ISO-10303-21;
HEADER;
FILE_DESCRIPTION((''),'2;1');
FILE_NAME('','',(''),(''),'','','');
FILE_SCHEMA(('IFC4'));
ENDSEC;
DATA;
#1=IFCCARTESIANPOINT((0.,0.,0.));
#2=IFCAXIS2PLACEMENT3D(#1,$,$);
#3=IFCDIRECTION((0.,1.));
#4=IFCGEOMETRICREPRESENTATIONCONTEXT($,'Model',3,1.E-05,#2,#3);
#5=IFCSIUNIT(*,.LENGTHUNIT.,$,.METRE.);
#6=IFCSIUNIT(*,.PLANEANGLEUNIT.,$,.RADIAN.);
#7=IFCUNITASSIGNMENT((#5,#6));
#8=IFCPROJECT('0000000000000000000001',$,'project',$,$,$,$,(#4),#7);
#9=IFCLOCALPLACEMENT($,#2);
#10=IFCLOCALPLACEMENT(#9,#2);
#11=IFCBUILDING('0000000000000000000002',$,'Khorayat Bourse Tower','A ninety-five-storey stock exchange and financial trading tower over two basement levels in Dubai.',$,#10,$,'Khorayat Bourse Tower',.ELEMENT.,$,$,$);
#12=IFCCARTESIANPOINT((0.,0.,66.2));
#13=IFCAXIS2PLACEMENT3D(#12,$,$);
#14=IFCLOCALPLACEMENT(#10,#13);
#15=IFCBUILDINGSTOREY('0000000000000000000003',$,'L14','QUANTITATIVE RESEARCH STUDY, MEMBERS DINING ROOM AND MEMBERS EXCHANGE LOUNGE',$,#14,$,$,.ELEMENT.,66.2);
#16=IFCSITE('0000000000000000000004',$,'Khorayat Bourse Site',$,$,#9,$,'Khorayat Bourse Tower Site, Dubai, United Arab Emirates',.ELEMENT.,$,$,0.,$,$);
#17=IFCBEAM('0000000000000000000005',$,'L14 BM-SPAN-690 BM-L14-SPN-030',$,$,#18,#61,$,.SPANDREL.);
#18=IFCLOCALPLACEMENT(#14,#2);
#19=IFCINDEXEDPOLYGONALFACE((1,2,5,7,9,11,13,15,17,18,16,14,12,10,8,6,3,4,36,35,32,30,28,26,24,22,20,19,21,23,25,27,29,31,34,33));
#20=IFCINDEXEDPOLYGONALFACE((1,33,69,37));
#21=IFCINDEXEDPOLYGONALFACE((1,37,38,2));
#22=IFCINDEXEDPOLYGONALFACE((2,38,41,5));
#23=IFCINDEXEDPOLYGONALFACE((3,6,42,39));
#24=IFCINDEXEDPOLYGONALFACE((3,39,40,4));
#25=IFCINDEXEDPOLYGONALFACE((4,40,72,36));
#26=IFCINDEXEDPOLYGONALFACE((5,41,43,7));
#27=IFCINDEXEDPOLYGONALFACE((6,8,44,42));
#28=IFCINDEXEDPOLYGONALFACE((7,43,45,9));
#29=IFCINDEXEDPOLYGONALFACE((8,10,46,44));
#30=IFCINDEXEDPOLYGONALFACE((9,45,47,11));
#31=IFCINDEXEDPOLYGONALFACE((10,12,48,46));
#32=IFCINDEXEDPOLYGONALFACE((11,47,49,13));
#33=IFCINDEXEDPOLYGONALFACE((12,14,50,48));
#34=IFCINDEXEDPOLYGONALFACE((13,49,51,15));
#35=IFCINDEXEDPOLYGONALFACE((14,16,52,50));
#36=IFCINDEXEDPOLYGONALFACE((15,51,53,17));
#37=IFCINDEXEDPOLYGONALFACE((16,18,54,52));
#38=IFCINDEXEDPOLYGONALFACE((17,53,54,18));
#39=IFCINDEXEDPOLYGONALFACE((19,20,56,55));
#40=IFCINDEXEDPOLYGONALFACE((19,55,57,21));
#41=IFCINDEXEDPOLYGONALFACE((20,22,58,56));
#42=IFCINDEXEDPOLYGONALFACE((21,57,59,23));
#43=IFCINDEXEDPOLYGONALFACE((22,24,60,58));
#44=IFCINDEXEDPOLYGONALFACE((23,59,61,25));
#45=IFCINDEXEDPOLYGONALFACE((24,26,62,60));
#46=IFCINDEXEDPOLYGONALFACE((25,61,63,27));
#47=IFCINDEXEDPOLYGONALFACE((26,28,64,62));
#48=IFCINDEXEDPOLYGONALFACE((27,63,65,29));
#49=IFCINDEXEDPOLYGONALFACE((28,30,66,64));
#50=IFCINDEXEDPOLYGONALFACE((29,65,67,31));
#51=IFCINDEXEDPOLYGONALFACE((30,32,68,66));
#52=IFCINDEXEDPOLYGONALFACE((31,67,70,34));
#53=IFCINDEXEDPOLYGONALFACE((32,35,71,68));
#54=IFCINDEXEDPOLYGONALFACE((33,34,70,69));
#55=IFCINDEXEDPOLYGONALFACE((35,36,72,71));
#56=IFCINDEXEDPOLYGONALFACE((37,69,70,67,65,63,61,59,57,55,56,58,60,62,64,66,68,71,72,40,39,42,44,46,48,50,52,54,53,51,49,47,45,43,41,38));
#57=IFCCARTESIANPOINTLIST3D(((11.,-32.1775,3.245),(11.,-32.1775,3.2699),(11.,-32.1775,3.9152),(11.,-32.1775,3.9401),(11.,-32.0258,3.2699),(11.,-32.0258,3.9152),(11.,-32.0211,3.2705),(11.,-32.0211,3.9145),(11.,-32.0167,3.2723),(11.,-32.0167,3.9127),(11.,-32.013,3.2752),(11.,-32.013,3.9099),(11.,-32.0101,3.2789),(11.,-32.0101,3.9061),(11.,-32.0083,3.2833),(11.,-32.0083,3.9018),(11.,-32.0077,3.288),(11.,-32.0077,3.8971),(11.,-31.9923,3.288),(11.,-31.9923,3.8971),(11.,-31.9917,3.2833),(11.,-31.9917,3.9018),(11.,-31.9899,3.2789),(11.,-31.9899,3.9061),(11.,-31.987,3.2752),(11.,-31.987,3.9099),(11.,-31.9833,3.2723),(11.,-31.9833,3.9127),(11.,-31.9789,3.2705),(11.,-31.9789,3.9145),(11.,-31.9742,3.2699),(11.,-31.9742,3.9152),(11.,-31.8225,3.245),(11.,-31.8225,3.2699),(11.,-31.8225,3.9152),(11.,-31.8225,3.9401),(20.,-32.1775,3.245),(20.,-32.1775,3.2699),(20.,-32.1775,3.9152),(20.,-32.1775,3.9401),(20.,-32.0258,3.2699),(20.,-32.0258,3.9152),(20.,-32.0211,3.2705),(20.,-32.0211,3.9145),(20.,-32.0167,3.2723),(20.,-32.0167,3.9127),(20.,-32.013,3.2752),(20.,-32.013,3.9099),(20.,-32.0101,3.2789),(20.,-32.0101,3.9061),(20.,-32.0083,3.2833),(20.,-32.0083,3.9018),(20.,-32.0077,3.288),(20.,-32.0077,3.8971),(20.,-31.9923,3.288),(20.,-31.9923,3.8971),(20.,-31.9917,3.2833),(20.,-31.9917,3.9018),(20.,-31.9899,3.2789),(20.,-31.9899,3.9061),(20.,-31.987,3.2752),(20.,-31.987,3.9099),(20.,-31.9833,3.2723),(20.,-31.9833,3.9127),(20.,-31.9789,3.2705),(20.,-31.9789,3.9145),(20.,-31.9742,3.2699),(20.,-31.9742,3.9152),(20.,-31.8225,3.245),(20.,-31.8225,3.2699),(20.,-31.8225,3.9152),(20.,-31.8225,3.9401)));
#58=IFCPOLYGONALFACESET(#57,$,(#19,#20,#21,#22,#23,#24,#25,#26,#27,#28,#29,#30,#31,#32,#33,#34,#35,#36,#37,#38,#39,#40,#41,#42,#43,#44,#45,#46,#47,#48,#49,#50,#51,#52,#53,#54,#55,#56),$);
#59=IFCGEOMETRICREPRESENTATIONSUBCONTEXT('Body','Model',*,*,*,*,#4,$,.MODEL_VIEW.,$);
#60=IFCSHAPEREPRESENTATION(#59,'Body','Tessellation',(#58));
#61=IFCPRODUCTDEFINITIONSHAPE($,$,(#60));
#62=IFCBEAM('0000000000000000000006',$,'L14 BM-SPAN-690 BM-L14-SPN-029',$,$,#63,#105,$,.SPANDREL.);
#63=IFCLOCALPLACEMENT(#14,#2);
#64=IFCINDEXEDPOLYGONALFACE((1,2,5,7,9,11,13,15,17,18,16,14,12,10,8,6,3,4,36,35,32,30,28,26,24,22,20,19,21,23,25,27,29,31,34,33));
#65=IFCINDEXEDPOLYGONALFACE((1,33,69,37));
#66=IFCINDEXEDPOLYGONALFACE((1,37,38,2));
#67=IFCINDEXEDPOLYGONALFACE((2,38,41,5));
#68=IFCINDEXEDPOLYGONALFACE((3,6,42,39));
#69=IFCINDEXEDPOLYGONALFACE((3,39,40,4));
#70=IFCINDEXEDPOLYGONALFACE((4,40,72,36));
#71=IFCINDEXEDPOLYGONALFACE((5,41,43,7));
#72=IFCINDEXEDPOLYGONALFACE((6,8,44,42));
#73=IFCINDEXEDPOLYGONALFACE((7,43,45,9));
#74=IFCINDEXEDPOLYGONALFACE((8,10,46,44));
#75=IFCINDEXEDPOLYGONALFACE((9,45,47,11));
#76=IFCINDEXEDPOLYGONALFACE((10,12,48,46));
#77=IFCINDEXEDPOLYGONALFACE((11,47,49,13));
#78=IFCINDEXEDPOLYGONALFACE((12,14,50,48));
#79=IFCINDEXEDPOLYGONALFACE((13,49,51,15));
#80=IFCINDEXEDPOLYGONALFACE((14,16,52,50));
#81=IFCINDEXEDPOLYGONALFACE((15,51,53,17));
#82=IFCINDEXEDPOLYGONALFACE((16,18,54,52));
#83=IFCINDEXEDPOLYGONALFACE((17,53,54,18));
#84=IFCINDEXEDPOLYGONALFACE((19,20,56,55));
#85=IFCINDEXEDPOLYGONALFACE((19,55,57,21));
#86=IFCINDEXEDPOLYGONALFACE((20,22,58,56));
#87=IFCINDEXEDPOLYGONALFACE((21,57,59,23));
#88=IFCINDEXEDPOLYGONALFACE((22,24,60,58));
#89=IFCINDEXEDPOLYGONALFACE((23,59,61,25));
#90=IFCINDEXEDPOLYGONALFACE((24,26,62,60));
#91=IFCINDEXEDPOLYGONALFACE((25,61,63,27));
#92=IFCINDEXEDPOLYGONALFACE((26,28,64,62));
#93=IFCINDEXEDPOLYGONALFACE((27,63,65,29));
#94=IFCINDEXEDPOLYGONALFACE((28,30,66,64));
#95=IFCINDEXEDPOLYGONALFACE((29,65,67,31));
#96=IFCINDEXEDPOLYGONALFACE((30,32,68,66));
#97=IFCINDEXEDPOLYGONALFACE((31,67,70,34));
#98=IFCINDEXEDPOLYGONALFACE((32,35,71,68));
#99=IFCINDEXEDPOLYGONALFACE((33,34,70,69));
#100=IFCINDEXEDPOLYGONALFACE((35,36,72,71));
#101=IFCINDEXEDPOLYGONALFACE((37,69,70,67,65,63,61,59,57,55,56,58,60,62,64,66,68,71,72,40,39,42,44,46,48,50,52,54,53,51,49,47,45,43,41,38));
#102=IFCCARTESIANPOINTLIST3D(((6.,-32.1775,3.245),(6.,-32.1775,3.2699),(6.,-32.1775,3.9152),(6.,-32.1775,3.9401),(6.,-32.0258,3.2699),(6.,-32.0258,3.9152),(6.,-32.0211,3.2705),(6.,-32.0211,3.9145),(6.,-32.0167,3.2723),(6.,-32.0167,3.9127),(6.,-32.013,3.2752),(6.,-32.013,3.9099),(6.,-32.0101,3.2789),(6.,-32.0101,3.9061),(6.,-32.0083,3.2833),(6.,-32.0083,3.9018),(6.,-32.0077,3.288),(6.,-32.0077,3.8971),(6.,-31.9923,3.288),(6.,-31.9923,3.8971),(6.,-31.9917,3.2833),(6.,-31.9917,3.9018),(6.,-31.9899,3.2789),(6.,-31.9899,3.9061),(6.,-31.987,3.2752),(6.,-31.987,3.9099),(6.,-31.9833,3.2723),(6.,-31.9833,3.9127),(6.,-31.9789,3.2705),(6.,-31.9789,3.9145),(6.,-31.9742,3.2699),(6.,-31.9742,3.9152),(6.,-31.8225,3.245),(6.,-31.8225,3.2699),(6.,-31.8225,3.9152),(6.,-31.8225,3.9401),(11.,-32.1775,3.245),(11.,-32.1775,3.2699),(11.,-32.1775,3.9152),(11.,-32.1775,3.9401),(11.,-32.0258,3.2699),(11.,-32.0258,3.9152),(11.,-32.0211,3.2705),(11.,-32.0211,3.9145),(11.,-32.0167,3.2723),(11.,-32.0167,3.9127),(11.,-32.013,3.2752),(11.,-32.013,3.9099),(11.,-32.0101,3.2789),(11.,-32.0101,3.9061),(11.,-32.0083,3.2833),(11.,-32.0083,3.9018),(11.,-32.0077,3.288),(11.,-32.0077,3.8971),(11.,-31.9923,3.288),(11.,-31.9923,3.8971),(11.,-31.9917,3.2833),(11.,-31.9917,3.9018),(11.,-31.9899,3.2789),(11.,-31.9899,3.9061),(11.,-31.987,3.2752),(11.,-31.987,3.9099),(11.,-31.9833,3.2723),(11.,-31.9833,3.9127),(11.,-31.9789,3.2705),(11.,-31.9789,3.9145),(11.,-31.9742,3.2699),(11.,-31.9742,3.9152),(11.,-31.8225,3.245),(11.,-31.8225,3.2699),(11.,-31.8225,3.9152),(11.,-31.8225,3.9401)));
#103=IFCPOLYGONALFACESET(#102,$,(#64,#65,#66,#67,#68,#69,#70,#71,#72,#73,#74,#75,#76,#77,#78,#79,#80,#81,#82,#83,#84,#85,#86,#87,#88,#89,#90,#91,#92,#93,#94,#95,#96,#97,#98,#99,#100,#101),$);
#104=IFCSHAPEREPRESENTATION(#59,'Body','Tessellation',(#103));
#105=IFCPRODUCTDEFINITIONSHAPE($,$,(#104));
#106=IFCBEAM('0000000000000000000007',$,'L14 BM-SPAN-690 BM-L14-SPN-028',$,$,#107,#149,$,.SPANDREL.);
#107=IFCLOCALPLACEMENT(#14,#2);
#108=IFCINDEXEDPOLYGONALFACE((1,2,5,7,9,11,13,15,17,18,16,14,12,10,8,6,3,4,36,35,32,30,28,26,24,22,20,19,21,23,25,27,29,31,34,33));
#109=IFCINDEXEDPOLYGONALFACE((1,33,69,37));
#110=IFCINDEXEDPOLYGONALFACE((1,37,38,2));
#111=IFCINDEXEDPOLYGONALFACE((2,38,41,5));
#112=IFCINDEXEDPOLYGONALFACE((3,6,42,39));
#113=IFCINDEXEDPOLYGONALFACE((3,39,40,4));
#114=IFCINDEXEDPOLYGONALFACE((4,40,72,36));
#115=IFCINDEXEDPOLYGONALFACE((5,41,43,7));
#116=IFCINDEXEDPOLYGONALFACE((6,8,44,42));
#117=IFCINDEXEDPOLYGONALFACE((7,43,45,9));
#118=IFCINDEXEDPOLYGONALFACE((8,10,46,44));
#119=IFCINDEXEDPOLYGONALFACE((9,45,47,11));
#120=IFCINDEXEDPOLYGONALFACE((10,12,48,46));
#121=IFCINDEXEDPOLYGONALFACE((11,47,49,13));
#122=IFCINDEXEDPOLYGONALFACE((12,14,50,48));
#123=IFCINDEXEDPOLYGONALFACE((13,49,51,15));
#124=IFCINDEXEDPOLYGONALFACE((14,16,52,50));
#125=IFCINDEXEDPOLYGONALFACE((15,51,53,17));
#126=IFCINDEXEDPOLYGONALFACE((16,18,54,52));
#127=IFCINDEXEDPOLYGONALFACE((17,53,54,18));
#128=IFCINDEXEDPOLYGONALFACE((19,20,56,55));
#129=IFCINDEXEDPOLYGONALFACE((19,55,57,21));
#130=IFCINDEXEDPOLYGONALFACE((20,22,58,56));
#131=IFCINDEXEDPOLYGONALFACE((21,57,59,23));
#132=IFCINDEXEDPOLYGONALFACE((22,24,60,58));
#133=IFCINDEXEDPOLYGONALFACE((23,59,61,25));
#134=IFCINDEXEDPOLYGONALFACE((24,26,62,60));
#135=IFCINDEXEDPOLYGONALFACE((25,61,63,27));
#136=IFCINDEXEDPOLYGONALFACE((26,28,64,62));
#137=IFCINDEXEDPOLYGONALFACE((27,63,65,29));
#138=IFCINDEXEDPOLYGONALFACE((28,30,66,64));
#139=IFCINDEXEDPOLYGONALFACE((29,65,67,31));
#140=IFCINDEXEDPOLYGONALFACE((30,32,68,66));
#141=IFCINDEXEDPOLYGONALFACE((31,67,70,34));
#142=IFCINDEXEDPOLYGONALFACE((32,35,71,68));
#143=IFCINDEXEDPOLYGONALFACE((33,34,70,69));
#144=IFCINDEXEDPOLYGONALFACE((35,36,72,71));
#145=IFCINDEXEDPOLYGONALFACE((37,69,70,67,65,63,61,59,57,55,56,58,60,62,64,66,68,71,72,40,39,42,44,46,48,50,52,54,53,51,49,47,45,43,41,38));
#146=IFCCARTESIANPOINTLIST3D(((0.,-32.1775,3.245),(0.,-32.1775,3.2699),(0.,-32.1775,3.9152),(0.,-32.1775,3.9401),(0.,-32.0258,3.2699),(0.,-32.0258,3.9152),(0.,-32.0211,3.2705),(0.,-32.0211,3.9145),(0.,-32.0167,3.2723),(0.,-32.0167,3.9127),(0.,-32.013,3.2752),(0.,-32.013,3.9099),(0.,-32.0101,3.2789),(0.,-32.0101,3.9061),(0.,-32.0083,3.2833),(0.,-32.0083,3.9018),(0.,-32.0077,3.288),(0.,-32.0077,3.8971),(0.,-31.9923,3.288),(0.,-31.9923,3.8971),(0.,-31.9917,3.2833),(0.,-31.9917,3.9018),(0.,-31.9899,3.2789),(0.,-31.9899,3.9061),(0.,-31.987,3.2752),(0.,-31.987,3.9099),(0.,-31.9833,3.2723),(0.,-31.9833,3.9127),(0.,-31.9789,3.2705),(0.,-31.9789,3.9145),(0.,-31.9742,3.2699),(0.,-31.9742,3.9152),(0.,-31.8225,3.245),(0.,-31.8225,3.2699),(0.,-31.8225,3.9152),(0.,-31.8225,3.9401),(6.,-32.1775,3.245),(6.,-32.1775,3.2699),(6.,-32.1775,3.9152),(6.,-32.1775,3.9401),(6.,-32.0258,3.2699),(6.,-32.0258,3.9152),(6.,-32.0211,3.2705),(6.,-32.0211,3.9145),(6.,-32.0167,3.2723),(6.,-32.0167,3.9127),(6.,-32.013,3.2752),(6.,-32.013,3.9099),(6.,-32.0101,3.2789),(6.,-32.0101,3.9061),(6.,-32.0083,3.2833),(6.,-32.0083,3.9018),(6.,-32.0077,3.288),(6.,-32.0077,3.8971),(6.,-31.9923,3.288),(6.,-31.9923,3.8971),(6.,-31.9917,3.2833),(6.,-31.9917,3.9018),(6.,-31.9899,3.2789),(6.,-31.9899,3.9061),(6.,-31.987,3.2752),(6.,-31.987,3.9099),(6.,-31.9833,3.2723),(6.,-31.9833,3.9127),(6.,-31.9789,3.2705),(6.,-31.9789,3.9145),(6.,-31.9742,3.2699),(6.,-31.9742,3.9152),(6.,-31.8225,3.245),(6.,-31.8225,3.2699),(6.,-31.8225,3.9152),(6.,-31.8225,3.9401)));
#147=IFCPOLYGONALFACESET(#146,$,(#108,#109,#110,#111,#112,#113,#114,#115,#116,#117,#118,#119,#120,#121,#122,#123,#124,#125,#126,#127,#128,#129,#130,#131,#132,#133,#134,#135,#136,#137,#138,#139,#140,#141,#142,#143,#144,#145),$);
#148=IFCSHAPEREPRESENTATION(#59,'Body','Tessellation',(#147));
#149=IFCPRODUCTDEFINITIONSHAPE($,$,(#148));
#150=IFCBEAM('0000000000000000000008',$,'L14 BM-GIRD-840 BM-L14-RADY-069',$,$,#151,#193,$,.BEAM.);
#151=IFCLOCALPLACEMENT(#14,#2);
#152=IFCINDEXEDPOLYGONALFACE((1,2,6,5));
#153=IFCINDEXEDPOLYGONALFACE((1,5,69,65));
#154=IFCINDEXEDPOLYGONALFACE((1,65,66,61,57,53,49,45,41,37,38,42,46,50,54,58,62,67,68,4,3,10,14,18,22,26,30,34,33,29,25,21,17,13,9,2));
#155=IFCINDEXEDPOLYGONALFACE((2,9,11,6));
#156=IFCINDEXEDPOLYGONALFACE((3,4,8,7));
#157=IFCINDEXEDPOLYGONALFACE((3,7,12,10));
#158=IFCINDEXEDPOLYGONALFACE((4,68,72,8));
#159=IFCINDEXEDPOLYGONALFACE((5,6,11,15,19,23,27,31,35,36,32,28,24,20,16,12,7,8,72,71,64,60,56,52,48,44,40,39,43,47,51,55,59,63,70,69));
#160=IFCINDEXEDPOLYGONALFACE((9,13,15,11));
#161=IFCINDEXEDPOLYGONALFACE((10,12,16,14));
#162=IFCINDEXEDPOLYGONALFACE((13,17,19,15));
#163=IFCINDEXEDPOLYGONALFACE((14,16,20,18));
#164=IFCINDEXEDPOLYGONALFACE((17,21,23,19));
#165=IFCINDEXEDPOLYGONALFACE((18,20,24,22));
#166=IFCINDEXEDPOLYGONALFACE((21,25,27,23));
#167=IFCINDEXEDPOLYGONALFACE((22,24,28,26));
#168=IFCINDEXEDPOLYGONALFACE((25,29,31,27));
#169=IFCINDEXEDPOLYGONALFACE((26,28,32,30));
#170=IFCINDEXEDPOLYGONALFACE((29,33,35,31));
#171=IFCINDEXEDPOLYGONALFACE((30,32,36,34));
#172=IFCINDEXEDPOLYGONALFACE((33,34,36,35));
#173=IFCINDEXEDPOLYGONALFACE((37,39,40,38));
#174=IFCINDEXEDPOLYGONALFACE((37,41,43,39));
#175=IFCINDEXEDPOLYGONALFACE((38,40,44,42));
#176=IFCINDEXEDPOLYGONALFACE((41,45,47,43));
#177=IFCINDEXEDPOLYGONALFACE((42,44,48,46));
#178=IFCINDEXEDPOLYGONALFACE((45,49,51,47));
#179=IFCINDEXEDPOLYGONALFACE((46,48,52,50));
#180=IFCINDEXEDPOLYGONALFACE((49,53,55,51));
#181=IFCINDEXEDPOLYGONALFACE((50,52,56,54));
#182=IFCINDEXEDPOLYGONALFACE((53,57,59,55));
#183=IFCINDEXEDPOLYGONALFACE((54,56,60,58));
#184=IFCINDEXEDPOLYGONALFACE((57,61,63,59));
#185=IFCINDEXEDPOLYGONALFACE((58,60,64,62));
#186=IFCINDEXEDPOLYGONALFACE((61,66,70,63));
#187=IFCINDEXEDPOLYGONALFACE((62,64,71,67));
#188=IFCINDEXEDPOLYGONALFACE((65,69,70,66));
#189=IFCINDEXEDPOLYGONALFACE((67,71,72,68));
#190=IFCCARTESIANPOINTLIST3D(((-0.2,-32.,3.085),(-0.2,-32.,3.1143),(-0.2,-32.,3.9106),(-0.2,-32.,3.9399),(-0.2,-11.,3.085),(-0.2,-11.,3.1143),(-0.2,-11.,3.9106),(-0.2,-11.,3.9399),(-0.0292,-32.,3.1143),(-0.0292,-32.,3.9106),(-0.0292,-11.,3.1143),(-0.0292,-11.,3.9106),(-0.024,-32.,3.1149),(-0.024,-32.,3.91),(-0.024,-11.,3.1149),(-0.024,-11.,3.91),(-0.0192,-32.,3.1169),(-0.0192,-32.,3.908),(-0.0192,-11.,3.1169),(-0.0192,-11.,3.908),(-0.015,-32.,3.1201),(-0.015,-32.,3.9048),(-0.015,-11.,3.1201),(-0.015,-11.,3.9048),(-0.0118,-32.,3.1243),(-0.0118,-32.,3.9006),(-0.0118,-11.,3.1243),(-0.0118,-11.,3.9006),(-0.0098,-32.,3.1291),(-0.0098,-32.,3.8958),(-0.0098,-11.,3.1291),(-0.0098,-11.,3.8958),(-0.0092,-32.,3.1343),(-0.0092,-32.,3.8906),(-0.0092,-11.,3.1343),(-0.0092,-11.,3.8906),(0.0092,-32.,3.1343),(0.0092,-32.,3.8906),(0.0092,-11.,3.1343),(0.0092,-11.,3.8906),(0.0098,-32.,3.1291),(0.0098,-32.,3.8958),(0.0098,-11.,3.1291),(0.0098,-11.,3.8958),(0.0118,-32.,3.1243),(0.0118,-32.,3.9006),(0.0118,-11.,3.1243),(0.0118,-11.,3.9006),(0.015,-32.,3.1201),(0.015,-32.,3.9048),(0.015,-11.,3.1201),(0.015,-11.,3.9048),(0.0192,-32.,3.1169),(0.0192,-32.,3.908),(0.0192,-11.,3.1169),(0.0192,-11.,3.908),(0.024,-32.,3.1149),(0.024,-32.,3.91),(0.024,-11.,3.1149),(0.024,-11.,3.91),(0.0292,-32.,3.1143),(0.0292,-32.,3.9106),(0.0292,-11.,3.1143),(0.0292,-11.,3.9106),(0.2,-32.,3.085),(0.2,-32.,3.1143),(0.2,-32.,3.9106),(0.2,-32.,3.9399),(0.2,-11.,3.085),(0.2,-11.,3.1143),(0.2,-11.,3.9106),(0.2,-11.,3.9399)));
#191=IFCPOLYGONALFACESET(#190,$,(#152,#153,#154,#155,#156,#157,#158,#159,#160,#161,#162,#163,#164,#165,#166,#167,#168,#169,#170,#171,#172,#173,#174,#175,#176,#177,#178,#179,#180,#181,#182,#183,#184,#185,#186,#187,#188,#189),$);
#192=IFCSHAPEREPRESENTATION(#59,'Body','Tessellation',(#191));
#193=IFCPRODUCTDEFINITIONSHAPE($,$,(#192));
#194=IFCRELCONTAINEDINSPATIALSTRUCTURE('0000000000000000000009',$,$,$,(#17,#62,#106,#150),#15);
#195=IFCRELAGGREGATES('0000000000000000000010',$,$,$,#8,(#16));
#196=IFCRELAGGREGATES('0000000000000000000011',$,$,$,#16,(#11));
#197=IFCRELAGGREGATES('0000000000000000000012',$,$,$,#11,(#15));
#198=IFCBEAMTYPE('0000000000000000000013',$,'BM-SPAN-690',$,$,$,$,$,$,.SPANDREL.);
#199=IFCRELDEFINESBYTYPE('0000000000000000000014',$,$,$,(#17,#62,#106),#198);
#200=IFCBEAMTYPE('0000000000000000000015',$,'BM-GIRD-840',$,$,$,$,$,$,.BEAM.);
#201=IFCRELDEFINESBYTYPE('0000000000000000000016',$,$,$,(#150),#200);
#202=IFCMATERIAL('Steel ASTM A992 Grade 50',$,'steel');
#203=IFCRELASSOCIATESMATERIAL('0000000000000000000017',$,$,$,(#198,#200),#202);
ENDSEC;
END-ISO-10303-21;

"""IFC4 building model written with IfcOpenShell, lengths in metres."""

from ifc_helpers import new_model, si_unit, direction, frame, origin, origin_2d, place, context, subcontext, project, spatial, i_section, extrude, source, transform, mapped, material, material_profile, profile_set, type_object, element, save


model = new_model("IFC4")

# Units and contexts
model_context = context("Model", 3, precision=1e-05, world=origin(), true_north=direction((0.0, 1.0)))
body_context = subcontext(model_context, "Body", "Model", "MODEL_VIEW")
ifc_project = project(units=[si_unit("LENGTHUNIT", "METRE"), si_unit("PLANEANGLEUNIT", "RADIAN")], contexts=[model_context])

# Site, building, storey
site_placement = place(None, origin())
site = spatial("IfcSite", under=ifc_project, at=site_placement, Name="Khorayat Bourse Site", LongName="Khorayat Bourse Tower Site, Dubai, United Arab Emirates", CompositionType="ELEMENT", RefElevation=0.0)
building_placement = place(site_placement, origin())
building = spatial("IfcBuilding", under=site, at=building_placement, Name="Khorayat Bourse Tower", Description="A ninety-five-storey stock exchange and financial trading tower over two basement levels in Dubai.", LongName="Khorayat Bourse Tower", CompositionType="ELEMENT")
storey_placement = place(building_placement, frame((0.0, 0.0, 66.2)))
storey = spatial("IfcBuildingStorey", under=building, at=storey_placement, Name="L14", Description="QUANTITATIVE RESEARCH STUDY, MEMBERS DINING ROOM AND MEMBERS EXCHANGE LOUNGE", CompositionType="ELEMENT", Elevation=66.2)

# Beams
ifc_material_1 = material(Name="Steel ASTM A992 Grade 50", Category="steel")
ifc_material_profile_1 = material_profile(ifc_material_1, i_section(OverallWidth=0.355, OverallDepth=0.6951, WebThickness=0.0154, FlangeThickness=0.0249, FilletRadius=0.0181, at=origin_2d()), Name="W690X217")
ifc_profile_set_1 = profile_set([ifc_material_profile_1], Name="Steel ASTM A992 Grade 50")
beam_type_1 = type_object("IfcBeamType", Name="BM-SPAN-690", PredefinedType="SPANDREL", material=ifc_profile_set_1)
shared_shape_1 = source(origin(), body_context, "Body", "SweptSolid", [
    extrude(i_section(OverallWidth=0.355, OverallDepth=0.6951, WebThickness=0.0154, FlangeThickness=0.0249, FilletRadius=0.0181, at=origin_2d()), origin(), (0.0, 0.0, 1.0), 9.0),
])
beam_1_placement = place(storey_placement, frame((11.0, -32.0, 3.5925), z_axis=(1.0, 0.0, 0.0), x_axis=(0.0, 1.0, 0.0)))
element("IfcBeam", 1, at=beam_1_placement, inside=storey, type_object=beam_type_1, Name="L14 BM-SPAN-690 BM-L14-SPN-030", PredefinedType="SPANDREL", context=body_context, shape_type="MappedRepresentation", body=[
    mapped(shared_shape_1, transform((0.0, 0.0, 0.0), scale=1.0)),
])
shared_shape_2 = source(origin(), body_context, "Body", "SweptSolid", [
    extrude(i_section(OverallWidth=0.355, OverallDepth=0.6951, WebThickness=0.0154, FlangeThickness=0.0249, FilletRadius=0.0181, at=origin_2d()), origin(), (0.0, 0.0, 1.0), 5.0),
])
beam_2_placement = place(storey_placement, frame((6.0, -32.0, 3.5925), z_axis=(1.0, 0.0, 0.0), x_axis=(0.0, 1.0, 0.0)))
element("IfcBeam", 2, at=beam_2_placement, inside=storey, type_object=beam_type_1, Name="L14 BM-SPAN-690 BM-L14-SPN-029", PredefinedType="SPANDREL", context=body_context, shape_type="MappedRepresentation", body=[
    mapped(shared_shape_2, transform((0.0, 0.0, 0.0), scale=1.0)),
])
shared_shape_3 = source(origin(), body_context, "Body", "SweptSolid", [
    extrude(i_section(OverallWidth=0.355, OverallDepth=0.6951, WebThickness=0.0154, FlangeThickness=0.0249, FilletRadius=0.0181, at=origin_2d()), origin(), (0.0, 0.0, 1.0), 6.0),
])
beam_3_placement = place(storey_placement, frame((0.0, -32.0, 3.5925), z_axis=(1.0, 0.0, 0.0), x_axis=(0.0, 1.0, 0.0)))
element("IfcBeam", 3, at=beam_3_placement, inside=storey, type_object=beam_type_1, Name="L14 BM-SPAN-690 BM-L14-SPN-028", PredefinedType="SPANDREL", context=body_context, shape_type="MappedRepresentation", body=[
    mapped(shared_shape_3, transform((0.0, 0.0, 0.0), scale=1.0)),
])
ifc_material_profile_2 = material_profile(ifc_material_1, i_section(OverallWidth=0.3999, OverallDepth=0.855, WebThickness=0.0183, FlangeThickness=0.0293, FilletRadius=0.02, at=origin_2d()), Name="W840X299")
ifc_profile_set_2 = profile_set([ifc_material_profile_2], Name="Steel ASTM A992 Grade 50")
beam_type_2 = type_object("IfcBeamType", Name="BM-GIRD-840", PredefinedType="BEAM", material=ifc_profile_set_2)
shared_shape_4 = source(origin(), body_context, "Body", "SweptSolid", [
    extrude(i_section(OverallWidth=0.3999, OverallDepth=0.855, WebThickness=0.0183, FlangeThickness=0.0293, FilletRadius=0.02, at=origin_2d()), origin(), (0.0, 0.0, 1.0), 21.0),
])
for number, where, z_axis, x_axis, name in (
    (4, (0.0, -32.0, 3.5125), (0.0, 1.0, 0.0), (-1.0, 0.0, 0.0), "L14 BM-GIRD-840 BM-L14-RADY-069"),
):
    element("IfcBeam", number, at=place(storey_placement, frame(where, z_axis=z_axis, x_axis=x_axis)), inside=storey, type_object=beam_type_2, Name=name, PredefinedType="BEAM", context=body_context, shape_type="MappedRepresentation", body=[
        mapped(shared_shape_4, transform((0.0, 0.0, 0.0), scale=1.0)),
    ])

save(model, "model.ifc")
